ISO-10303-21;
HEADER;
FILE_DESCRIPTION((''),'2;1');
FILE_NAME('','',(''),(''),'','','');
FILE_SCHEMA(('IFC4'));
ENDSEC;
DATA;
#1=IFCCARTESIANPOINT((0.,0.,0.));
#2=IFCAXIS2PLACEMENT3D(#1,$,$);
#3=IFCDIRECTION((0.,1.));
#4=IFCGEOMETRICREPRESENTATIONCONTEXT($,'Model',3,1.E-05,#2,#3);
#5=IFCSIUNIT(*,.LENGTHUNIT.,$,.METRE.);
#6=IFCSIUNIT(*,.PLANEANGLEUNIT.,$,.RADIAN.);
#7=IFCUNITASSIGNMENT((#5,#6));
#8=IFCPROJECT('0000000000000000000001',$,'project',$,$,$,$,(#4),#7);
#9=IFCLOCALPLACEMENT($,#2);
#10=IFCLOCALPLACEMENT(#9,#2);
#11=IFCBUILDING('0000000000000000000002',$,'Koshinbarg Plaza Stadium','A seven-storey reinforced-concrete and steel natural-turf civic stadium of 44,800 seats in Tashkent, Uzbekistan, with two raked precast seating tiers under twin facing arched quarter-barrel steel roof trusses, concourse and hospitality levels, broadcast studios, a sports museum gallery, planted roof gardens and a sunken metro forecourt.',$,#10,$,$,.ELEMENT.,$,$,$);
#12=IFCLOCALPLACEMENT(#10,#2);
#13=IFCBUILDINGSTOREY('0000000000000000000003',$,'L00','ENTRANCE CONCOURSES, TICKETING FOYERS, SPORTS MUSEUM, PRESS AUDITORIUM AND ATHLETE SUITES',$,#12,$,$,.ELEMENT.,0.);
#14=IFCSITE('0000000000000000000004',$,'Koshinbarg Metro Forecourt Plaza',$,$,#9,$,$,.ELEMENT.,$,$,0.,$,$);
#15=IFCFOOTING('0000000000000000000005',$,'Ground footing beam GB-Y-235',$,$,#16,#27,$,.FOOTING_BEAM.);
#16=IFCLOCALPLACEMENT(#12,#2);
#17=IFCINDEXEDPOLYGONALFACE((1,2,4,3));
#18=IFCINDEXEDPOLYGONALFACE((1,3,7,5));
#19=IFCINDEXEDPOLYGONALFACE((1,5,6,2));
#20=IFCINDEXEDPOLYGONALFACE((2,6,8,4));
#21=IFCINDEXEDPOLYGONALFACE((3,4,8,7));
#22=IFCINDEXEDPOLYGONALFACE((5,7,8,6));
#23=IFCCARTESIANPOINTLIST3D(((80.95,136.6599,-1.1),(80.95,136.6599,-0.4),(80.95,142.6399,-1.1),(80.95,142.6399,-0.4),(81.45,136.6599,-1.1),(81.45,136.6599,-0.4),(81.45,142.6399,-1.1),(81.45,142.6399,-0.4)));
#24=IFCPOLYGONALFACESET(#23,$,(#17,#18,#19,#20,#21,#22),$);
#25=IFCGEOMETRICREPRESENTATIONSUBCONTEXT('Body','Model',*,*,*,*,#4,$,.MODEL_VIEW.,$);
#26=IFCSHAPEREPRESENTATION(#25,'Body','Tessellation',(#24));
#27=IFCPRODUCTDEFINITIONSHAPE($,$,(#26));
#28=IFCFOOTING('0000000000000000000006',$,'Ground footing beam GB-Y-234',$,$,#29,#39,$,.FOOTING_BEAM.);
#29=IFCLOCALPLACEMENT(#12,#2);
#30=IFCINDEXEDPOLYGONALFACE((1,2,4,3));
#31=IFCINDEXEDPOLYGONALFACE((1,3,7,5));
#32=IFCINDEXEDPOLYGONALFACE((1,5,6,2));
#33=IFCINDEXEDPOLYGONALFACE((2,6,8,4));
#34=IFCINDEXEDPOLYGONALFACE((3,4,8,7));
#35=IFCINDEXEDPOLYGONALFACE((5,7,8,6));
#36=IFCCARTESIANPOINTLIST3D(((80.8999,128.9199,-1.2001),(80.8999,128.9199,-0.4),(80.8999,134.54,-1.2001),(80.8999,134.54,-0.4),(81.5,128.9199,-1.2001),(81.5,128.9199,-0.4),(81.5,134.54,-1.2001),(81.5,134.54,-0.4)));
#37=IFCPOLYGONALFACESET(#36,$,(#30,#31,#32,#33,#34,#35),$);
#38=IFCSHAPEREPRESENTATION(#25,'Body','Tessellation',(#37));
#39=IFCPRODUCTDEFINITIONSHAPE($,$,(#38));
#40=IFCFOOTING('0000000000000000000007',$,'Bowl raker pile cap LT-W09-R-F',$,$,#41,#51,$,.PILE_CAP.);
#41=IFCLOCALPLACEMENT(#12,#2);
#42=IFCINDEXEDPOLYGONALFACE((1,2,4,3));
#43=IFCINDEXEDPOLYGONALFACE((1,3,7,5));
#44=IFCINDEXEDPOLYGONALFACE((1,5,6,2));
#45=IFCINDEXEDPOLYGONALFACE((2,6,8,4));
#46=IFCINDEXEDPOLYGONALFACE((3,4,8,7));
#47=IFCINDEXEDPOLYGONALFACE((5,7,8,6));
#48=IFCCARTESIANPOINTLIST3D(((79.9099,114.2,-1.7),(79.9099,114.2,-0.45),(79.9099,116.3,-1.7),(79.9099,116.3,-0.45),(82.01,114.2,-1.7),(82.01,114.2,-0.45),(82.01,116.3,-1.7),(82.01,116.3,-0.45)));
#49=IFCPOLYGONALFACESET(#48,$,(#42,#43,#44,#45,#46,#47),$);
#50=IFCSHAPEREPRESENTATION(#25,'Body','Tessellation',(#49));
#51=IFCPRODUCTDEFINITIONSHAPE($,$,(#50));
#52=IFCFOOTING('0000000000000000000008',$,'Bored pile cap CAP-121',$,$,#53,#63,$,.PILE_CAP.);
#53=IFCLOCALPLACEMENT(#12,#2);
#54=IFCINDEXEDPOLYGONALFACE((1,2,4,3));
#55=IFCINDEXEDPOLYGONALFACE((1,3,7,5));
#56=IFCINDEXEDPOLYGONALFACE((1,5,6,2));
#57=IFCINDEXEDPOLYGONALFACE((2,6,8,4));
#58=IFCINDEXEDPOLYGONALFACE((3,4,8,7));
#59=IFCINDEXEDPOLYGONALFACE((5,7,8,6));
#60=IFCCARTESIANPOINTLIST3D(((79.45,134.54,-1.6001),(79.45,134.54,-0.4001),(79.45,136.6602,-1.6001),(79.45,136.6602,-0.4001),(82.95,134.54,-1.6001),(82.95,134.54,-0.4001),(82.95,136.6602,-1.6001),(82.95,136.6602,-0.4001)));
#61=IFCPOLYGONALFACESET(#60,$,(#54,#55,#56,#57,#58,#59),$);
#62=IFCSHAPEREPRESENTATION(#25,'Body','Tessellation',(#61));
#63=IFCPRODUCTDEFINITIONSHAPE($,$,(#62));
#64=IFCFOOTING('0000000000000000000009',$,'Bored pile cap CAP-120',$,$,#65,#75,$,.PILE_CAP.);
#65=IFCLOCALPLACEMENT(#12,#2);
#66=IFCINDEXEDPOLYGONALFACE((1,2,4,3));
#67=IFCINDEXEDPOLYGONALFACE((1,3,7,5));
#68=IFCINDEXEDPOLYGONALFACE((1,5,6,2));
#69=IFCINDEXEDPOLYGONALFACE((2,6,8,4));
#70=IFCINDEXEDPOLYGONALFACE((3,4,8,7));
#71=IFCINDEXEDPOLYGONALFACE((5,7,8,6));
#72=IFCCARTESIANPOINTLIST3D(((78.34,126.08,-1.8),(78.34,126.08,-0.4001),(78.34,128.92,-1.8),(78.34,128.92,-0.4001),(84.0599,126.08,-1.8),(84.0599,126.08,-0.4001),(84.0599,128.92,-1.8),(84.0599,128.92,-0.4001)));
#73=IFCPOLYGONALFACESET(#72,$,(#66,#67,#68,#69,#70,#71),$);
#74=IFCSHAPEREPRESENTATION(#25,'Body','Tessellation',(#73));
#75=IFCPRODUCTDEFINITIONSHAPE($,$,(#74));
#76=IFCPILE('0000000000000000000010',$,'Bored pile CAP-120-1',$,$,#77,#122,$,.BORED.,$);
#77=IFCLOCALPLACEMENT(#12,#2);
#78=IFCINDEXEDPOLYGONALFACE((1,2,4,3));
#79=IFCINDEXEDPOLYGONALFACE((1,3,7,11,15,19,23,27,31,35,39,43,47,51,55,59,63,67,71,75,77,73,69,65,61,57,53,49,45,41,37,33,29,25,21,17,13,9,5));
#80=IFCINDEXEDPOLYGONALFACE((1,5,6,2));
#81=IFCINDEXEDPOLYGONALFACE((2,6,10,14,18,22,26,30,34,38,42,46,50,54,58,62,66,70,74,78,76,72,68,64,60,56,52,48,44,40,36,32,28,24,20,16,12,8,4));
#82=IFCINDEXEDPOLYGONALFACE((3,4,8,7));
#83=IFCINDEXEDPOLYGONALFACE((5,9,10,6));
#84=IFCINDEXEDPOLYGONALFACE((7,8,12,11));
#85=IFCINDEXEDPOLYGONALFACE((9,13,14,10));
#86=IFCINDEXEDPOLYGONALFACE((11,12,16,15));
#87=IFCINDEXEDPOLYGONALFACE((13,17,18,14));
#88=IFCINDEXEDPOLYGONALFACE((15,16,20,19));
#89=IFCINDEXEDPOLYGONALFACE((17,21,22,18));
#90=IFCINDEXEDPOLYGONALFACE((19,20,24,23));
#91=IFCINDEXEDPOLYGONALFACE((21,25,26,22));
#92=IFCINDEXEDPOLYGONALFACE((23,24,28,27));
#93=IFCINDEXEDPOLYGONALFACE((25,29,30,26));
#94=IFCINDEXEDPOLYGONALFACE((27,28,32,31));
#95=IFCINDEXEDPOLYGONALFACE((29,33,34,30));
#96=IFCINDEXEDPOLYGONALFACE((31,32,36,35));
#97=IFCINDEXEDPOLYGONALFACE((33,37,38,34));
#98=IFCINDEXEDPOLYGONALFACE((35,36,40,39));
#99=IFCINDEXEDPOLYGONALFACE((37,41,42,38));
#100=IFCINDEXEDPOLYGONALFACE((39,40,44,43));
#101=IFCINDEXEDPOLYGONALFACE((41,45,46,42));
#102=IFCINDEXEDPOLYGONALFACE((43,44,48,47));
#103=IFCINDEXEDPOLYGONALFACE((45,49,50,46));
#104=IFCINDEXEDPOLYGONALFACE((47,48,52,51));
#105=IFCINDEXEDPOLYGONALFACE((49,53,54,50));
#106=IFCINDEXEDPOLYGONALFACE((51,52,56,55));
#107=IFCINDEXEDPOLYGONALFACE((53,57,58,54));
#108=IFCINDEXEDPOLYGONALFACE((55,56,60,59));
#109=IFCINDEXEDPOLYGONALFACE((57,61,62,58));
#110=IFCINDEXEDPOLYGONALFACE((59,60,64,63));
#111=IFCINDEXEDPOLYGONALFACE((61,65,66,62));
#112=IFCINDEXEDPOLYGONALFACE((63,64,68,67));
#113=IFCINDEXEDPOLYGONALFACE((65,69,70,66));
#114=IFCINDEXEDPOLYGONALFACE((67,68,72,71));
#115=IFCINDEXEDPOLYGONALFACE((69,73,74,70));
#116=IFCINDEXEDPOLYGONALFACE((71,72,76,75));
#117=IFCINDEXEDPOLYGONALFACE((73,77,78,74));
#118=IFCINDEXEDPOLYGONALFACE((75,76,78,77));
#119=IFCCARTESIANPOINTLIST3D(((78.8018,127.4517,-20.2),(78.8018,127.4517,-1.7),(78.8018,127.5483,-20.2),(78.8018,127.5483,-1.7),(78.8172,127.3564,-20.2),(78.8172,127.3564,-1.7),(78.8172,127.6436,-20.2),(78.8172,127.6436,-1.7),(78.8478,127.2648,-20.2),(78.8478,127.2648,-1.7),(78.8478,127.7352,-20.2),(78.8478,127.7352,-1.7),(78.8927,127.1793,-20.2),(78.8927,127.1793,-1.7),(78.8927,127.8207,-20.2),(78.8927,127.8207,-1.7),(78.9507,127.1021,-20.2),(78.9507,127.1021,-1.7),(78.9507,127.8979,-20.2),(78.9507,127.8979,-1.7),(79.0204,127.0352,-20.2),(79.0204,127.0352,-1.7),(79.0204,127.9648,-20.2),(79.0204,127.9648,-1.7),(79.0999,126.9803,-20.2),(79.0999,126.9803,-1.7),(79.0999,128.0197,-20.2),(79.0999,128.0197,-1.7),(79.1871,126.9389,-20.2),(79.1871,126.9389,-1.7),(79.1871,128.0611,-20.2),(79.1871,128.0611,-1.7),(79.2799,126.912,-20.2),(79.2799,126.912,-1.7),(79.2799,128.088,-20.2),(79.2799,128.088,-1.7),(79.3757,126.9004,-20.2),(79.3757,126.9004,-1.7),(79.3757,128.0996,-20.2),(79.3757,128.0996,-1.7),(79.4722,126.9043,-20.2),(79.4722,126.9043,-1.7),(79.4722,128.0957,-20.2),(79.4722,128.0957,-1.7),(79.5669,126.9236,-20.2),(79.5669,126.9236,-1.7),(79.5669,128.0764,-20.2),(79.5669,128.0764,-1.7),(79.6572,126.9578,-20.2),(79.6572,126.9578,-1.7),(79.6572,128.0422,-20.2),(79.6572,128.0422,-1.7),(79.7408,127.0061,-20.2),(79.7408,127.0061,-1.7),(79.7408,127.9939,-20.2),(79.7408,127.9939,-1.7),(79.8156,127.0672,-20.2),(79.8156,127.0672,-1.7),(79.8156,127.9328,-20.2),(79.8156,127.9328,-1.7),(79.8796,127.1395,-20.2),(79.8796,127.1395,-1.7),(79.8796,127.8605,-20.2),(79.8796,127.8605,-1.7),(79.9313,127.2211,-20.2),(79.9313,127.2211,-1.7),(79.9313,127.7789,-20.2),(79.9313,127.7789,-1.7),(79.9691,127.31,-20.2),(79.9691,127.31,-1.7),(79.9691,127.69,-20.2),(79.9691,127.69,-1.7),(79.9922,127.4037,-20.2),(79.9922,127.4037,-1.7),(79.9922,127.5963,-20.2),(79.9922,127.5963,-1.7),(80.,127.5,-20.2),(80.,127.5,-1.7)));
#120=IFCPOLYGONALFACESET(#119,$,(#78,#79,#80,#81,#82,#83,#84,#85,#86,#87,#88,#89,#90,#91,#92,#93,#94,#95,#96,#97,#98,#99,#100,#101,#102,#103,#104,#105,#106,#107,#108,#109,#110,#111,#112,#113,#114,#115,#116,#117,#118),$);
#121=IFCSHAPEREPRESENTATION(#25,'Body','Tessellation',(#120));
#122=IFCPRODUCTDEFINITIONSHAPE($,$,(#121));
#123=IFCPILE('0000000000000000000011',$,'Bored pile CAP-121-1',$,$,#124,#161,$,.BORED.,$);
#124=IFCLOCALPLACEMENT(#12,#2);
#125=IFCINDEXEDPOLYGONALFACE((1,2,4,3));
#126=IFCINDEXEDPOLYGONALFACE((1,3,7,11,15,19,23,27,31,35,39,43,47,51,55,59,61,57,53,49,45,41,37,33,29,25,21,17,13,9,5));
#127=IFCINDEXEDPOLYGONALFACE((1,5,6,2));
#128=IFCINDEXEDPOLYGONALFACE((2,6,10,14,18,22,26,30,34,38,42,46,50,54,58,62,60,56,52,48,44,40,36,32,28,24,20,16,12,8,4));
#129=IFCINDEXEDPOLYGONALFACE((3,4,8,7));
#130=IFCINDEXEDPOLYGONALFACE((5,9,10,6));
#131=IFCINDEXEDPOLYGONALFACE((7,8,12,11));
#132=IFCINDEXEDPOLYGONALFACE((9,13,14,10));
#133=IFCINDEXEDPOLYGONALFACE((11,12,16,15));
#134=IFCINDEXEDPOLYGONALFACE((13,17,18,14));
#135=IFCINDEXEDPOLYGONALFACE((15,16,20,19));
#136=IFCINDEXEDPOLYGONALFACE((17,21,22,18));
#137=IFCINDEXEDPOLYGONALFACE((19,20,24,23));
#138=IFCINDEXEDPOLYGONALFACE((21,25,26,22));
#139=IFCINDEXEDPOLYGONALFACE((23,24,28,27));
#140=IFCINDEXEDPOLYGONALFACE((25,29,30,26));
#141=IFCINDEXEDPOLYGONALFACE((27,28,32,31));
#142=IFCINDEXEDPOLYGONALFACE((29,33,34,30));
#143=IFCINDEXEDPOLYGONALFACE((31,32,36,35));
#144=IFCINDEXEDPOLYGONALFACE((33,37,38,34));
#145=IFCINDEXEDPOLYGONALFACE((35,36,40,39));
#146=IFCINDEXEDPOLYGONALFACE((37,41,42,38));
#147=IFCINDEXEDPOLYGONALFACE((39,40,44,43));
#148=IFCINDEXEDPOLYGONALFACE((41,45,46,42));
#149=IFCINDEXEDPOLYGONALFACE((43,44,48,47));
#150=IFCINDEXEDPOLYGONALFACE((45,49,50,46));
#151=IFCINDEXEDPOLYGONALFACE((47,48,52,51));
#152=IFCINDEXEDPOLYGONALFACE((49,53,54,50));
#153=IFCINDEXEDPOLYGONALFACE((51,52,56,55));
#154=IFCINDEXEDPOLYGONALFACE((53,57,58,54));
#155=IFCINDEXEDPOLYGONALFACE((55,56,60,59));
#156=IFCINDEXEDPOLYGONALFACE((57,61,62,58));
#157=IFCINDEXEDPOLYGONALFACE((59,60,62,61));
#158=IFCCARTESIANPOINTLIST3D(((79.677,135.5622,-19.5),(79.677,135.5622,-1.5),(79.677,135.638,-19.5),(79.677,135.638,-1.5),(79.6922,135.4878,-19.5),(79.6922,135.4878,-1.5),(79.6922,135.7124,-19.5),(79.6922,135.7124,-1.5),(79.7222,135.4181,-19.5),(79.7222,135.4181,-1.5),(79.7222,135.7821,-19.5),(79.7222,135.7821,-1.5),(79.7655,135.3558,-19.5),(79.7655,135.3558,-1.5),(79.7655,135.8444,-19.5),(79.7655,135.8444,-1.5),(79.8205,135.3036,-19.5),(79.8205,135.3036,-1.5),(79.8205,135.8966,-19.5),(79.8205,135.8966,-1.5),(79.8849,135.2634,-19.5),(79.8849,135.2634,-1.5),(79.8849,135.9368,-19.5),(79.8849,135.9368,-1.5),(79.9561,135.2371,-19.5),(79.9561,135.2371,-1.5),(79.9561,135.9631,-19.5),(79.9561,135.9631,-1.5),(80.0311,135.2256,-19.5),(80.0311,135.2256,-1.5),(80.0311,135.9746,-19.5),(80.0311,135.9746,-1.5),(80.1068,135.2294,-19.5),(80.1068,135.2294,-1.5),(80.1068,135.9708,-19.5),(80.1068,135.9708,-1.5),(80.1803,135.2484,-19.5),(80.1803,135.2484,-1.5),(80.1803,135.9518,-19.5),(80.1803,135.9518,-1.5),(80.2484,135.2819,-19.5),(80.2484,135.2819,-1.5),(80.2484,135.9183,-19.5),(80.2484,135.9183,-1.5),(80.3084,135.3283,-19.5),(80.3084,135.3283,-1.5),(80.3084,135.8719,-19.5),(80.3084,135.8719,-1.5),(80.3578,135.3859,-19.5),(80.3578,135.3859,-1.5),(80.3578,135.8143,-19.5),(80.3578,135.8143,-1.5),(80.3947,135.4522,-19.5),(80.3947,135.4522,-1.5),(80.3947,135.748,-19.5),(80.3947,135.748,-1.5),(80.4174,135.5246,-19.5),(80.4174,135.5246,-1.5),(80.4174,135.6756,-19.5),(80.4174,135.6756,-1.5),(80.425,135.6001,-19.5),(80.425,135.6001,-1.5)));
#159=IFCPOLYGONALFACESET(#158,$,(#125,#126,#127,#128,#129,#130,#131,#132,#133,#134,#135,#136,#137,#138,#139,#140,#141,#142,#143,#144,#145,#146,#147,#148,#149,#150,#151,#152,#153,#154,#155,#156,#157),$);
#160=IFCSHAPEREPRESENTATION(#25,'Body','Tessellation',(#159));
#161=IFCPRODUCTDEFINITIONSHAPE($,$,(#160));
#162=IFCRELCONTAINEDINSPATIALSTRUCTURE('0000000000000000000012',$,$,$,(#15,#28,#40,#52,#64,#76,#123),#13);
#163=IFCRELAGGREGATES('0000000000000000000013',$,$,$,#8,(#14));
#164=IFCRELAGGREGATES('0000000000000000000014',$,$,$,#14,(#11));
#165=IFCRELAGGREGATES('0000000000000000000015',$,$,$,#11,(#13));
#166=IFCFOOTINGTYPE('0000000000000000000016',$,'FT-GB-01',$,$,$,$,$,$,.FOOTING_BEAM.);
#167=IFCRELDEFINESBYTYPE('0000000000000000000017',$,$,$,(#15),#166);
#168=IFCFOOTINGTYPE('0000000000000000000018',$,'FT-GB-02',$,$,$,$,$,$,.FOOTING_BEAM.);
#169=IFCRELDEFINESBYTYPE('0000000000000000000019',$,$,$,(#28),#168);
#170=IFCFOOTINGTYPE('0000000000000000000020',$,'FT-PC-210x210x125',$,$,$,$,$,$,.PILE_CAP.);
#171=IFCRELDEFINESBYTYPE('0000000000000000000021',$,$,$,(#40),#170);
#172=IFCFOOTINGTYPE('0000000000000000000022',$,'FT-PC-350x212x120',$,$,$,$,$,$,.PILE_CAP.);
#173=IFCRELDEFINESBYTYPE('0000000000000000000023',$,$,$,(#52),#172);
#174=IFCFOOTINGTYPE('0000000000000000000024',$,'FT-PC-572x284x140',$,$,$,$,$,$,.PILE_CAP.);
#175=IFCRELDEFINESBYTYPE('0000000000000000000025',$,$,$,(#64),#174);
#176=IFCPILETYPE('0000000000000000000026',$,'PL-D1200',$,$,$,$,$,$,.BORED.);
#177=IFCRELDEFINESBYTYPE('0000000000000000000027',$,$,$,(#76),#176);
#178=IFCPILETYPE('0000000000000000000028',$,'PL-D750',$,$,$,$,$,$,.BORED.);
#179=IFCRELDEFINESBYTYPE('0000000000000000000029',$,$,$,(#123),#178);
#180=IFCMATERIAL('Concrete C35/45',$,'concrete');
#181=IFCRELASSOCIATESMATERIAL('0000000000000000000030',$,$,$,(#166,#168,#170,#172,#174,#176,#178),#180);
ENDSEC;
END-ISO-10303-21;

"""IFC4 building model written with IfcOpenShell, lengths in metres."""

from ifc_helpers import new_model, si_unit, direction, frame, origin, origin_2d, place, context, subcontext, project, spatial, rectangle, circle, extrude, material, material_profile, profile_set, type_object, element, save


model = new_model("IFC4")

# Units and contexts
model_context = context("Model", 3, precision=1e-05, world=origin(), true_north=direction((0.0, 1.0)))
body_context = subcontext(model_context, "Body", "Model", "MODEL_VIEW")
ifc_project = project(units=[si_unit("LENGTHUNIT", "METRE"), si_unit("PLANEANGLEUNIT", "RADIAN")], contexts=[model_context])

# Site, building, storey
site_placement = place(None, origin())
site = spatial("IfcSite", under=ifc_project, at=site_placement, Name="Koshinbarg Metro Forecourt Plaza", CompositionType="ELEMENT", RefElevation=0.0)
building_placement = place(site_placement, origin())
building = spatial("IfcBuilding", under=site, at=building_placement, Name="Koshinbarg Plaza Stadium", Description="A seven-storey reinforced-concrete and steel natural-turf civic stadium of 44,800 seats in Tashkent, Uzbekistan, with two raked precast seating tiers under twin facing arched quarter-barrel steel roof trusses, concourse and hospitality levels, broadcast studios, a sports museum gallery, planted roof gardens and a sunken metro forecourt.", CompositionType="ELEMENT")
storey_placement = place(building_placement, origin())
storey = spatial("IfcBuildingStorey", under=building, at=storey_placement, Name="L00", Description="ENTRANCE CONCOURSES, TICKETING FOYERS, SPORTS MUSEUM, PRESS AUDITORIUM AND ATHLETE SUITES", CompositionType="ELEMENT", Elevation=0.0)

# Footings
ifc_material_1 = material(Name="Concrete C35/45", Category="concrete")
ifc_material_profile_1 = material_profile(ifc_material_1, rectangle(XDim=0.5, YDim=0.7, at=origin_2d()), Name="GB 500x700")
ifc_profile_set_1 = profile_set([ifc_material_profile_1], Name="Concrete C35/45")
footing_type_1 = type_object("IfcFootingType", Name="FT-GB-01", PredefinedType="FOOTING_BEAM", material=ifc_profile_set_1)
footing_1_placement = place(storey_placement, frame((81.2, 136.6599, -0.75), z_axis=(0.0, 1.0, 0.0), x_axis=(-1.0, 0.0, 0.0)))
element("IfcFooting", 1, at=footing_1_placement, inside=storey, type_object=footing_type_1, Name="Ground footing beam GB-Y-235", PredefinedType="FOOTING_BEAM", context=body_context, shape_type="SweptSolid", body=[
    extrude(rectangle(XDim=0.5, YDim=0.7, at=origin_2d()), origin(), (0.0, 0.0, 1.0), 5.98),
])
ifc_material_profile_2 = material_profile(ifc_material_1, rectangle(XDim=0.6001, YDim=0.8, at=origin_2d()), Name="GB 600x800")
ifc_profile_set_2 = profile_set([ifc_material_profile_2], Name="Concrete C35/45")
footing_type_2 = type_object("IfcFootingType", Name="FT-GB-02", PredefinedType="FOOTING_BEAM", material=ifc_profile_set_2)
footing_2_placement = place(storey_placement, frame((81.2, 128.9199, -0.8), z_axis=(0.0, 1.0, 0.0), x_axis=(-1.0, 0.0, 0.0)))
element("IfcFooting", 2, at=footing_2_placement, inside=storey, type_object=footing_type_2, Name="Ground footing beam GB-Y-234", PredefinedType="FOOTING_BEAM", context=body_context, shape_type="SweptSolid", body=[
    extrude(rectangle(XDim=0.6001, YDim=0.8, at=origin_2d()), origin(), (0.0, 0.0, 1.0), 5.6201),
])
footing_type_3 = type_object("IfcFootingType", Name="FT-PC-210x210x125", PredefinedType="PILE_CAP", material=ifc_material_1)
footing_3_placement = place(storey_placement, frame((80.96, 115.25, -1.7), z_axis=(0.0, 0.0, 1.0), x_axis=(1.0, 0.0, 0.0)))
element("IfcFooting", 3, at=footing_3_placement, inside=storey, type_object=footing_type_3, Name="Bowl raker pile cap LT-W09-R-F", PredefinedType="PILE_CAP", context=body_context, shape_type="SweptSolid", body=[
    extrude(rectangle(XDim=2.1001, YDim=2.1001, at=origin_2d()), origin(), (0.0, 0.0, 1.0), 1.25),
])
footing_type_4 = type_object("IfcFootingType", Name="FT-PC-350x212x120", PredefinedType="PILE_CAP", material=ifc_material_1)
footing_4_placement = place(storey_placement, frame((81.2, 135.6001, -1.6001), z_axis=(0.0, 0.0, 1.0), x_axis=(1.0, 0.0, 0.0)))
element("IfcFooting", 4, at=footing_4_placement, inside=storey, type_object=footing_type_4, Name="Bored pile cap CAP-121", PredefinedType="PILE_CAP", context=body_context, shape_type="SweptSolid", body=[
    extrude(rectangle(XDim=3.5, YDim=2.1201, at=origin_2d()), origin(), (0.0, 0.0, 1.0), 1.2),
])
footing_type_5 = type_object("IfcFootingType", Name="FT-PC-572x284x140", PredefinedType="PILE_CAP", material=ifc_material_1)
footing_5_placement = place(storey_placement, frame((81.2, 127.5, -1.8), z_axis=(0.0, 0.0, 1.0), x_axis=(1.0, 0.0, 0.0)))
element("IfcFooting", 5, at=footing_5_placement, inside=storey, type_object=footing_type_5, Name="Bored pile cap CAP-120", PredefinedType="PILE_CAP", context=body_context, shape_type="SweptSolid", body=[
    extrude(rectangle(XDim=5.72, YDim=2.8401, at=origin_2d()), origin(), (0.0, 0.0, 1.0), 1.3999),
])

# Piles
ifc_material_profile_3 = material_profile(ifc_material_1, circle(Radius=0.6001, at=origin_2d()), Name="PILE D1200")
ifc_profile_set_3 = profile_set([ifc_material_profile_3], Name="Concrete C35/45")
pile_type_1 = type_object("IfcPileType", Name="PL-D1200", PredefinedType="BORED", material=ifc_profile_set_3)
pile_1_placement = place(storey_placement, frame((79.3999, 127.5, -1.7), z_axis=(0.0, 0.0, -1.0), x_axis=(1.0, 0.0, 0.0)))
element("IfcPile", 6, at=pile_1_placement, inside=storey, type_object=pile_type_1, Name="Bored pile CAP-120-1", PredefinedType="BORED", context=body_context, shape_type="SweptSolid", body=[
    extrude(circle(Radius=0.6001, at=origin_2d()), origin(), (0.0, 0.0, 1.0), 18.5),
])
ifc_material_profile_4 = material_profile(ifc_material_1, circle(Radius=0.375, at=origin_2d()), Name="PILE D750")
ifc_profile_set_4 = profile_set([ifc_material_profile_4], Name="Concrete C35/45")
pile_type_2 = type_object("IfcPileType", Name="PL-D750", PredefinedType="BORED", material=ifc_profile_set_4)
pile_2_placement = place(storey_placement, frame((80.05, 135.6001, -1.5), z_axis=(0.0, 0.0, -1.0), x_axis=(1.0, 0.0, 0.0)))
element("IfcPile", 7, at=pile_2_placement, inside=storey, type_object=pile_type_2, Name="Bored pile CAP-121-1", PredefinedType="BORED", context=body_context, shape_type="SweptSolid", body=[
    extrude(circle(Radius=0.375, at=origin_2d()), origin(), (0.0, 0.0, 1.0), 18.0),
])

save(model, "model.ifc")
